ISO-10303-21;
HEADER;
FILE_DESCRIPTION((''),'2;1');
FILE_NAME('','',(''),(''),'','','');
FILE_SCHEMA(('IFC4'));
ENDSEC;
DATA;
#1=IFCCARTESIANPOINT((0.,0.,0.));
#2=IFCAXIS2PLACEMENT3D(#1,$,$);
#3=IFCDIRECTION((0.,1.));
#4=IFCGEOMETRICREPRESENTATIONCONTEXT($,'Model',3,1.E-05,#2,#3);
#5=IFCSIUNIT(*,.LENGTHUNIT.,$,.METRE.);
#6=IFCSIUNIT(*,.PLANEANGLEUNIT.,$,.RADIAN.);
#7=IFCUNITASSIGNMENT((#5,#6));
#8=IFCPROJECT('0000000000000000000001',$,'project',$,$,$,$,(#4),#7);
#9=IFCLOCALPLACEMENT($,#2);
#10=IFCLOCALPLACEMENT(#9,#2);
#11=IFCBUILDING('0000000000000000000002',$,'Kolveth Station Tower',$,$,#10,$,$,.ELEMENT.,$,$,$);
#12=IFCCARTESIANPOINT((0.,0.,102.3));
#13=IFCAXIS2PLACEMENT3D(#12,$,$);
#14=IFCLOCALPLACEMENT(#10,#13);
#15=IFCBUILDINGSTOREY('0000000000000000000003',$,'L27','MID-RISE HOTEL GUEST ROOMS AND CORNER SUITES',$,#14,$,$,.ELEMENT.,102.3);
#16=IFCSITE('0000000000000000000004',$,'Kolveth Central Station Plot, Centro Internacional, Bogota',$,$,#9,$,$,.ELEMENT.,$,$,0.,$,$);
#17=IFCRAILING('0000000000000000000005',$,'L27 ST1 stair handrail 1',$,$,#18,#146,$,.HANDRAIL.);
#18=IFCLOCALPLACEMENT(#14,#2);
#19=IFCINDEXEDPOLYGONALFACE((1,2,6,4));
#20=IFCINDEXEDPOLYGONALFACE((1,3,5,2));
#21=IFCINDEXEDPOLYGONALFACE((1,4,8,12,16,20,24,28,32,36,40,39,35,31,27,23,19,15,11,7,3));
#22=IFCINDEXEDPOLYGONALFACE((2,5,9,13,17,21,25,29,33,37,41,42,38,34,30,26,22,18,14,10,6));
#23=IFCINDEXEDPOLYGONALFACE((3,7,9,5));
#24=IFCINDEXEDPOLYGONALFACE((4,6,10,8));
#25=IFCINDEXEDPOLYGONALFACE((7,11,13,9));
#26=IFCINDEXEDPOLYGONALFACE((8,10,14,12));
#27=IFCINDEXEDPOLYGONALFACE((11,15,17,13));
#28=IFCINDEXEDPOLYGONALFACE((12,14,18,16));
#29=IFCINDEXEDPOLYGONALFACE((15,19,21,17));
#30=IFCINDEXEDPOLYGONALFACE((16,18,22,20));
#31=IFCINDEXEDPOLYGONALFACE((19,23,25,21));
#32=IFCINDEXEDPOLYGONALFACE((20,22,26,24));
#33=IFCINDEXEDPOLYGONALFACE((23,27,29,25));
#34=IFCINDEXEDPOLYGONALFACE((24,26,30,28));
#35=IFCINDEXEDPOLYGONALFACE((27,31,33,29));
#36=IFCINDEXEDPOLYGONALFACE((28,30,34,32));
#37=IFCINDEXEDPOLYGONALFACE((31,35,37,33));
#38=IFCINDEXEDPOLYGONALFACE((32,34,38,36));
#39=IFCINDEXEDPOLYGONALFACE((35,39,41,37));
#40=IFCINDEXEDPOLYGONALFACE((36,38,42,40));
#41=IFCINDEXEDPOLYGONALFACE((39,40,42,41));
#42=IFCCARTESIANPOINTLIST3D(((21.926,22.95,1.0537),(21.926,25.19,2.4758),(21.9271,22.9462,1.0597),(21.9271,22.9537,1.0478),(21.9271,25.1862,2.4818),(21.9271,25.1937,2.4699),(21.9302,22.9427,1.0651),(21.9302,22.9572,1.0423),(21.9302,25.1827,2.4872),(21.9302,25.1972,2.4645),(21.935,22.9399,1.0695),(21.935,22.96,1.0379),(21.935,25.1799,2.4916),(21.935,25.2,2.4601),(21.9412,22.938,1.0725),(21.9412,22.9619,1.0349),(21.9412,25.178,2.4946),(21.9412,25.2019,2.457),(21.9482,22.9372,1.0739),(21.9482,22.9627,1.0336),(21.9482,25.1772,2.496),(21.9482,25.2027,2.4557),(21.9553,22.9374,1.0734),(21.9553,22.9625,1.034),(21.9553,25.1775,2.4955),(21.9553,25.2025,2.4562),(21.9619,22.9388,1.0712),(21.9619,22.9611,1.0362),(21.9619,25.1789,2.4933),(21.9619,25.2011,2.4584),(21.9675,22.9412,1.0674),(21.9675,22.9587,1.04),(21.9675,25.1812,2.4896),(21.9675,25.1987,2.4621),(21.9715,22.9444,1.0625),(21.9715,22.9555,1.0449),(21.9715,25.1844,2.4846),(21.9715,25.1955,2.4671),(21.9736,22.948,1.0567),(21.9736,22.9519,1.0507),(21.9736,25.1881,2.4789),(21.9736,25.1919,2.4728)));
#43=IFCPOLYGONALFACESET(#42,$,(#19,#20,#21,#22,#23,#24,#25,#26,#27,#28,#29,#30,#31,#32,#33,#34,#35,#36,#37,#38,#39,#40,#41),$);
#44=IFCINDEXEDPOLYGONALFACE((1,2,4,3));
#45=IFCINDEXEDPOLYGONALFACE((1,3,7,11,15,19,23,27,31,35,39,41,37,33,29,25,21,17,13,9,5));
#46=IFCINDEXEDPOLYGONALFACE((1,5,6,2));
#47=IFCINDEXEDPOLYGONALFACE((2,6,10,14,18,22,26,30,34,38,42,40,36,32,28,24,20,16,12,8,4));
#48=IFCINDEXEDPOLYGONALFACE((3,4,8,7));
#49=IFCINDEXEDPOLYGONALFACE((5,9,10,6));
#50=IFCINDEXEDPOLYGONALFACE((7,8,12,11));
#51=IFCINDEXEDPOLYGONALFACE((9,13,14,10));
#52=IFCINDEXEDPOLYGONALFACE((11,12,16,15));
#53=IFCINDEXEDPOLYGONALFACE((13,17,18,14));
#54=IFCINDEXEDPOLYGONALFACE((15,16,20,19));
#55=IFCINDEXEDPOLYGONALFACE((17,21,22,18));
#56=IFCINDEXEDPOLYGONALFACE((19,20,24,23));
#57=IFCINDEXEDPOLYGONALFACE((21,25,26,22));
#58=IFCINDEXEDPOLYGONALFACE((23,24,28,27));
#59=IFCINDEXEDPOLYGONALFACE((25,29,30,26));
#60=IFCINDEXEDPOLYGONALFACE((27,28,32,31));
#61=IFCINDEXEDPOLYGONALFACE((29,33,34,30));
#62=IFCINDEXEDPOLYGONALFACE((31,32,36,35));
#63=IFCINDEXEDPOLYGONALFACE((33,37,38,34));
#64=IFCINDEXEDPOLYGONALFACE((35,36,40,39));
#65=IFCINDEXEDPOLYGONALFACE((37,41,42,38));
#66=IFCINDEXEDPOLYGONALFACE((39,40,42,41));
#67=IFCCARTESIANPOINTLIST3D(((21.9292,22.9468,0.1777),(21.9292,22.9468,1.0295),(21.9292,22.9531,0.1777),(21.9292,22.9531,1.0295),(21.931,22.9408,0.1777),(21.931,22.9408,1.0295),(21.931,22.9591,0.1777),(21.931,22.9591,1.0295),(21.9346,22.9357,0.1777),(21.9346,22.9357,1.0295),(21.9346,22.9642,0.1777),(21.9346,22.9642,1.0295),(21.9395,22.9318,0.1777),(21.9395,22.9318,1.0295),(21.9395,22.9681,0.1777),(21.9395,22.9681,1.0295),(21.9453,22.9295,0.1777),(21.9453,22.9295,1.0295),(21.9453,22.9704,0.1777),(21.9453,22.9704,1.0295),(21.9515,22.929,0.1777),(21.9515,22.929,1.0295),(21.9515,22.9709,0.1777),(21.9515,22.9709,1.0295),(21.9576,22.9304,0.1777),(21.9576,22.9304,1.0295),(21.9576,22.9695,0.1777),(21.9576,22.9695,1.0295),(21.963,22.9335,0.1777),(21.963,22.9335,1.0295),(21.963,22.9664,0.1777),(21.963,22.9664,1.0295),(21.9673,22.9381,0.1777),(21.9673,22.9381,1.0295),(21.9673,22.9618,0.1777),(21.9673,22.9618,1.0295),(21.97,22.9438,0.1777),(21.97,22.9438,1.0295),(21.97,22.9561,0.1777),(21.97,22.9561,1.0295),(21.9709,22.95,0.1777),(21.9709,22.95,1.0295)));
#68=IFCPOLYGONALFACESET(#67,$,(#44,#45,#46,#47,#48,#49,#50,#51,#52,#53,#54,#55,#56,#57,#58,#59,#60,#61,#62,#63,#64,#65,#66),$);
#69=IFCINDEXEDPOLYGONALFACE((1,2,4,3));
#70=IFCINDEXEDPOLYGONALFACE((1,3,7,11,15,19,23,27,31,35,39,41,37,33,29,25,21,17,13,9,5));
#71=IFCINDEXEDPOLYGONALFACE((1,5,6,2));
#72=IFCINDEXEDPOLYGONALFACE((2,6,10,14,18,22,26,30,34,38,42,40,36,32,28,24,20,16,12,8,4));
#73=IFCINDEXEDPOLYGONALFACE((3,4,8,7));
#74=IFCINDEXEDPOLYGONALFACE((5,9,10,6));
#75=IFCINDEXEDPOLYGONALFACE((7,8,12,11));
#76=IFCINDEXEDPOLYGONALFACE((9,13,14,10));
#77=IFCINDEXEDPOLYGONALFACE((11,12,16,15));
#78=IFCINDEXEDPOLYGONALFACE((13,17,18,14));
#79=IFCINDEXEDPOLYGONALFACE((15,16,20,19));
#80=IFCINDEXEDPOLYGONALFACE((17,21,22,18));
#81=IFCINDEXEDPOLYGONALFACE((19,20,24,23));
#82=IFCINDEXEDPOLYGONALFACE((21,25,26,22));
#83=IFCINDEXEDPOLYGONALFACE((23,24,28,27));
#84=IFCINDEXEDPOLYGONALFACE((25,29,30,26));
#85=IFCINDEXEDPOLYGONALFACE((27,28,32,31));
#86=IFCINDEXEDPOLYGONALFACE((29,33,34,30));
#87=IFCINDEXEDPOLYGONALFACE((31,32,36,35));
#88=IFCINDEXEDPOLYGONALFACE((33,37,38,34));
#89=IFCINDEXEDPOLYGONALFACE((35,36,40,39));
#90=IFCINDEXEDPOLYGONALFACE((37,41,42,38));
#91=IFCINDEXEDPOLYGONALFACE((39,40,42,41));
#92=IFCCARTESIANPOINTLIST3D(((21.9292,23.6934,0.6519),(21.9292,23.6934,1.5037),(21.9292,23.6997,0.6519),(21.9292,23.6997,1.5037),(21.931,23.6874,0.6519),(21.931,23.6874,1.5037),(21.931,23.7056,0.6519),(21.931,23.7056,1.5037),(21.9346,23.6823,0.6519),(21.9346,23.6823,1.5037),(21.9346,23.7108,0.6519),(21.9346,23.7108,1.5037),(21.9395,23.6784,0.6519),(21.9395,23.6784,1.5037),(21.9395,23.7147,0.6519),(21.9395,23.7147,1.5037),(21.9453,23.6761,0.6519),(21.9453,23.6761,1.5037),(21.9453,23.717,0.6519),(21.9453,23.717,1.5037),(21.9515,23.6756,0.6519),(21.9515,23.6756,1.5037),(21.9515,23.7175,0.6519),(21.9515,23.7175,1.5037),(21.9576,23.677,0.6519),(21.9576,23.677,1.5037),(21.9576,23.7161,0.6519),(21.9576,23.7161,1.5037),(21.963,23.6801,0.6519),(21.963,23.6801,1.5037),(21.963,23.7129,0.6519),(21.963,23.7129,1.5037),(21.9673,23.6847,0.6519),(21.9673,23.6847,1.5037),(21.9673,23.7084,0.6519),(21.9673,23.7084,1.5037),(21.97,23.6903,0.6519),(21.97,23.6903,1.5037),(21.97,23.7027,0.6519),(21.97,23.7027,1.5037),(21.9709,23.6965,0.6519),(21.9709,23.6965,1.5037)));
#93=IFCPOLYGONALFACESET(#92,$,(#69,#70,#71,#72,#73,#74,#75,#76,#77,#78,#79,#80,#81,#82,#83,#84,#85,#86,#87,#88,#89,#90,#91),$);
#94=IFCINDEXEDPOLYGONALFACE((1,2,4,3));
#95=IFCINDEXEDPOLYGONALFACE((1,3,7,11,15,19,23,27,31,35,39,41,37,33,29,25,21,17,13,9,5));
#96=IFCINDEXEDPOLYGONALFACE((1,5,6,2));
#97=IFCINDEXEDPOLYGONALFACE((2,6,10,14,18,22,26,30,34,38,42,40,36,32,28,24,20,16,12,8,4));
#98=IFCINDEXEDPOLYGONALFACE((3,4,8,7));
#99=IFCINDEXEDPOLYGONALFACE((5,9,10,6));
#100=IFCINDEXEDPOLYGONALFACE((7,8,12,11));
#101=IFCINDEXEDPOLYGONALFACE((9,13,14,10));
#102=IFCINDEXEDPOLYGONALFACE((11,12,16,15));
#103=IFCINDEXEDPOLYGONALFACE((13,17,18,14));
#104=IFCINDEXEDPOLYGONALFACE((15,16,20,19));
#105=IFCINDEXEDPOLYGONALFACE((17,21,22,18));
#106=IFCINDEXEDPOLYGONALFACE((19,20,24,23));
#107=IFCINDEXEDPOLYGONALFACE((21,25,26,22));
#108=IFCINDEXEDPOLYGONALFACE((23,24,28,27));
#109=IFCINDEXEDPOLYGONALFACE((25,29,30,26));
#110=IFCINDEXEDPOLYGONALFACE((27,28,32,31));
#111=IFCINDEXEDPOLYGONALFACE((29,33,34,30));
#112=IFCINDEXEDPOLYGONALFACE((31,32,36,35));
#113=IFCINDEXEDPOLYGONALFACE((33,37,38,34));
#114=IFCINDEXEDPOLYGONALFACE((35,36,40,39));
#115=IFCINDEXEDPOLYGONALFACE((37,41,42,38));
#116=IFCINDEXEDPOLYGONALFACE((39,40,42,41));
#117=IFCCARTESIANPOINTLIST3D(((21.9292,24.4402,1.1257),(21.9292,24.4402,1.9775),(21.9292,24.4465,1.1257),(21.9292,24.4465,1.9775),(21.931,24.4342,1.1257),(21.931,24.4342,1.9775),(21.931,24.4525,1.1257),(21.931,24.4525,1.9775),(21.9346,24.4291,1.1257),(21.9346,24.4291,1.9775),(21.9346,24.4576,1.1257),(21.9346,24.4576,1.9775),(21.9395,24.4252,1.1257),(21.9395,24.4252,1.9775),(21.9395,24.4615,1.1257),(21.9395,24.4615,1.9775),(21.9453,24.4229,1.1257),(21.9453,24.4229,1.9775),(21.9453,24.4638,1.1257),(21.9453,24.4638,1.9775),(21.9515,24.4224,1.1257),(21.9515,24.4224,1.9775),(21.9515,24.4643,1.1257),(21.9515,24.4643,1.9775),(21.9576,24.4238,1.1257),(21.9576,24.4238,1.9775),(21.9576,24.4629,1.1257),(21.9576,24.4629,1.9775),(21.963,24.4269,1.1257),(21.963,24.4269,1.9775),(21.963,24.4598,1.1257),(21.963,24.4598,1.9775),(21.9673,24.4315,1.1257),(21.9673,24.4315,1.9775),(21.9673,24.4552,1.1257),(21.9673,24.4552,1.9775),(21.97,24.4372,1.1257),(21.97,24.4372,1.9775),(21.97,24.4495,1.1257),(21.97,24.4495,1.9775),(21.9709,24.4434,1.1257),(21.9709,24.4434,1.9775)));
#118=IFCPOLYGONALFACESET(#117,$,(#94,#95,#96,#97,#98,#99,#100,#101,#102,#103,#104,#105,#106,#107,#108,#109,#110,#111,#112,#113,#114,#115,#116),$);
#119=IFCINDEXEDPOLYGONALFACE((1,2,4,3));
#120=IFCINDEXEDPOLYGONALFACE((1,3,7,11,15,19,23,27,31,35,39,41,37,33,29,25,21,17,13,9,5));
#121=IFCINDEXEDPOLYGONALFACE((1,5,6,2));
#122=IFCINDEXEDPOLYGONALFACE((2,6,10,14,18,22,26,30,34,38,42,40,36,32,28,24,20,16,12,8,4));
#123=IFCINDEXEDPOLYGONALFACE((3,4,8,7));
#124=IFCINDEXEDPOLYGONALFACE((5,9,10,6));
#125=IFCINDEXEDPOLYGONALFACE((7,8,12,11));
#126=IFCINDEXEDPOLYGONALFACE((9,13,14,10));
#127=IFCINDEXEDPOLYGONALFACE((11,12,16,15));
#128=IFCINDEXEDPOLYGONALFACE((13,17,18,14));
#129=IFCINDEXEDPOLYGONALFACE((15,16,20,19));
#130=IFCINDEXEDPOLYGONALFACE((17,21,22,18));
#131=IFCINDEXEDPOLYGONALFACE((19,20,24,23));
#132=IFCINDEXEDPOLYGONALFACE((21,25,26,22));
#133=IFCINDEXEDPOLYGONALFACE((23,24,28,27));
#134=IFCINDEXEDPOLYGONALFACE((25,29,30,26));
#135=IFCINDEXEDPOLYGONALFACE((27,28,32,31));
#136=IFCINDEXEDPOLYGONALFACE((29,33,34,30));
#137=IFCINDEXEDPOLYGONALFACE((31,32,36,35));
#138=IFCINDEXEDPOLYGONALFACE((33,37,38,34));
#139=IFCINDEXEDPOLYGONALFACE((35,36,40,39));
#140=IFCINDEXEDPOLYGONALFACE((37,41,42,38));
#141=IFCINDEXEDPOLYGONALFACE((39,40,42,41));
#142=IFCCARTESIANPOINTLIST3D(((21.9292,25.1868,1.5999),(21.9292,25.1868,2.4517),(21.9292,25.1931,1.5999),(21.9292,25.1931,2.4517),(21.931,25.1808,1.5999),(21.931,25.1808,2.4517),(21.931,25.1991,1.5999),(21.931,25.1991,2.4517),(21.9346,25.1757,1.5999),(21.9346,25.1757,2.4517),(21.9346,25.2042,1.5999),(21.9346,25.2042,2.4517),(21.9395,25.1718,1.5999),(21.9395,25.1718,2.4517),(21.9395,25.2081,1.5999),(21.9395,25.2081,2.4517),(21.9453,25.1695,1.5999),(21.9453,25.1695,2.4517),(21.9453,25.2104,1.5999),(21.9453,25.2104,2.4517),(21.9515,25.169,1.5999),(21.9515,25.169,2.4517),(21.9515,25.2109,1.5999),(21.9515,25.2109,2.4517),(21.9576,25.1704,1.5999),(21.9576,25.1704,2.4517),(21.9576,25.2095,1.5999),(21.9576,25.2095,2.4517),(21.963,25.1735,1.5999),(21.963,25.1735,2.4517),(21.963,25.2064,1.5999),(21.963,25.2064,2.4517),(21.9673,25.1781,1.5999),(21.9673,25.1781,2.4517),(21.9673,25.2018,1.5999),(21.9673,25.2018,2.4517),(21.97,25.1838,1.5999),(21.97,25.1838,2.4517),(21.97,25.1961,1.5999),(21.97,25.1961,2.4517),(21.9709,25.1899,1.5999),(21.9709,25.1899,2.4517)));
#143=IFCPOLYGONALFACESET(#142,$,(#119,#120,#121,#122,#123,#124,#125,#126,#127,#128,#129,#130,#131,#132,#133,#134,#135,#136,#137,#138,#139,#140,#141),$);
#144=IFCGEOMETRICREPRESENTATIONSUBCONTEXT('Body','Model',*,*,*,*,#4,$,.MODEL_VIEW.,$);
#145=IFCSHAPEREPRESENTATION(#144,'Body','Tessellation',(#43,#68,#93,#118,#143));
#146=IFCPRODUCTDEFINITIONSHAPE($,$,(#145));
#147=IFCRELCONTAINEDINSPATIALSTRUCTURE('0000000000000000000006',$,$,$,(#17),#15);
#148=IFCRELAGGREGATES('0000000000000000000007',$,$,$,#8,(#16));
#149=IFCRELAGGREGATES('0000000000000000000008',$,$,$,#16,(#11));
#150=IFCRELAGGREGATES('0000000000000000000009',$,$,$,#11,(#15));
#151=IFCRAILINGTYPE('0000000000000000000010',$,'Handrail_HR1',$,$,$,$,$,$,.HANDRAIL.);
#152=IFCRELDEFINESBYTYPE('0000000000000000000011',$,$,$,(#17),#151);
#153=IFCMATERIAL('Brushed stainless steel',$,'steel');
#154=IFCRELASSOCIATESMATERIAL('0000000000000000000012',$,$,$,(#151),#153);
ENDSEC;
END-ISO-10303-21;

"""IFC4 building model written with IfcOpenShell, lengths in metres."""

from ifc_helpers import new_model, si_unit, direction, frame, origin, origin_2d, place, context, subcontext, project, spatial, circle, extrude, material, type_object, element, save


model = new_model("IFC4")

# Units and contexts
model_context = context("Model", 3, precision=1e-05, world=origin(), true_north=direction((0.0, 1.0)))
body_context = subcontext(model_context, "Body", "Model", "MODEL_VIEW")
ifc_project = project(units=[si_unit("LENGTHUNIT", "METRE"), si_unit("PLANEANGLEUNIT", "RADIAN")], contexts=[model_context])

# Site, building, storey
site_placement = place(None, origin())
site = spatial("IfcSite", under=ifc_project, at=site_placement, Name="Kolveth Central Station Plot, Centro Internacional, Bogota", CompositionType="ELEMENT", RefElevation=0.0)
building_placement = place(site_placement, origin())
building = spatial("IfcBuilding", under=site, at=building_placement, Name="Kolveth Station Tower", CompositionType="ELEMENT")
storey_placement = place(building_placement, frame((0.0, 0.0, 102.3)))
storey = spatial("IfcBuildingStorey", under=building, at=storey_placement, Name="L27", Description="MID-RISE HOTEL GUEST ROOMS AND CORNER SUITES", CompositionType="ELEMENT", Elevation=102.3)

# Railing
ifc_material_1 = material(Name="Brushed stainless steel", Category="steel")
railing_type_1 = type_object("IfcRailingType", Name="Handrail_HR1", PredefinedType="HANDRAIL", material=ifc_material_1)
railing_1_placement = place(storey_placement, frame((21.95, 22.95, 0.1777)))
element("IfcRailing", 1, at=railing_1_placement, inside=storey, type_object=railing_type_1, Name="L27 ST1 stair handrail 1", PredefinedType="HANDRAIL", context=body_context, shape_type="SweptSolid", body=[
    extrude(circle(Radius=0.0239, at=origin_2d()), frame((0.0, 0.0, 0.876), z_axis=(0.0, 0.844229, 0.535982), x_axis=(-1.0, 0.0, 0.0)), (0.0, 0.0, 1.0), 2.6533),
    extrude(circle(Radius=0.021, at=origin_2d()), origin(), (0.0, 0.0, 1.0), 0.8518),
    extrude(circle(Radius=0.021, at=origin_2d()), frame((0.0, 0.7466, 0.4741)), (0.0, 0.0, 1.0), 0.8518),
    extrude(circle(Radius=0.021, at=origin_2d()), frame((0.0, 1.4934, 0.948)), (0.0, 0.0, 1.0), 0.8518),
    extrude(circle(Radius=0.021, at=origin_2d()), frame((0.0, 2.24, 1.4221)), (0.0, 0.0, 1.0), 0.8518),
])

save(model, "model.ifc")
